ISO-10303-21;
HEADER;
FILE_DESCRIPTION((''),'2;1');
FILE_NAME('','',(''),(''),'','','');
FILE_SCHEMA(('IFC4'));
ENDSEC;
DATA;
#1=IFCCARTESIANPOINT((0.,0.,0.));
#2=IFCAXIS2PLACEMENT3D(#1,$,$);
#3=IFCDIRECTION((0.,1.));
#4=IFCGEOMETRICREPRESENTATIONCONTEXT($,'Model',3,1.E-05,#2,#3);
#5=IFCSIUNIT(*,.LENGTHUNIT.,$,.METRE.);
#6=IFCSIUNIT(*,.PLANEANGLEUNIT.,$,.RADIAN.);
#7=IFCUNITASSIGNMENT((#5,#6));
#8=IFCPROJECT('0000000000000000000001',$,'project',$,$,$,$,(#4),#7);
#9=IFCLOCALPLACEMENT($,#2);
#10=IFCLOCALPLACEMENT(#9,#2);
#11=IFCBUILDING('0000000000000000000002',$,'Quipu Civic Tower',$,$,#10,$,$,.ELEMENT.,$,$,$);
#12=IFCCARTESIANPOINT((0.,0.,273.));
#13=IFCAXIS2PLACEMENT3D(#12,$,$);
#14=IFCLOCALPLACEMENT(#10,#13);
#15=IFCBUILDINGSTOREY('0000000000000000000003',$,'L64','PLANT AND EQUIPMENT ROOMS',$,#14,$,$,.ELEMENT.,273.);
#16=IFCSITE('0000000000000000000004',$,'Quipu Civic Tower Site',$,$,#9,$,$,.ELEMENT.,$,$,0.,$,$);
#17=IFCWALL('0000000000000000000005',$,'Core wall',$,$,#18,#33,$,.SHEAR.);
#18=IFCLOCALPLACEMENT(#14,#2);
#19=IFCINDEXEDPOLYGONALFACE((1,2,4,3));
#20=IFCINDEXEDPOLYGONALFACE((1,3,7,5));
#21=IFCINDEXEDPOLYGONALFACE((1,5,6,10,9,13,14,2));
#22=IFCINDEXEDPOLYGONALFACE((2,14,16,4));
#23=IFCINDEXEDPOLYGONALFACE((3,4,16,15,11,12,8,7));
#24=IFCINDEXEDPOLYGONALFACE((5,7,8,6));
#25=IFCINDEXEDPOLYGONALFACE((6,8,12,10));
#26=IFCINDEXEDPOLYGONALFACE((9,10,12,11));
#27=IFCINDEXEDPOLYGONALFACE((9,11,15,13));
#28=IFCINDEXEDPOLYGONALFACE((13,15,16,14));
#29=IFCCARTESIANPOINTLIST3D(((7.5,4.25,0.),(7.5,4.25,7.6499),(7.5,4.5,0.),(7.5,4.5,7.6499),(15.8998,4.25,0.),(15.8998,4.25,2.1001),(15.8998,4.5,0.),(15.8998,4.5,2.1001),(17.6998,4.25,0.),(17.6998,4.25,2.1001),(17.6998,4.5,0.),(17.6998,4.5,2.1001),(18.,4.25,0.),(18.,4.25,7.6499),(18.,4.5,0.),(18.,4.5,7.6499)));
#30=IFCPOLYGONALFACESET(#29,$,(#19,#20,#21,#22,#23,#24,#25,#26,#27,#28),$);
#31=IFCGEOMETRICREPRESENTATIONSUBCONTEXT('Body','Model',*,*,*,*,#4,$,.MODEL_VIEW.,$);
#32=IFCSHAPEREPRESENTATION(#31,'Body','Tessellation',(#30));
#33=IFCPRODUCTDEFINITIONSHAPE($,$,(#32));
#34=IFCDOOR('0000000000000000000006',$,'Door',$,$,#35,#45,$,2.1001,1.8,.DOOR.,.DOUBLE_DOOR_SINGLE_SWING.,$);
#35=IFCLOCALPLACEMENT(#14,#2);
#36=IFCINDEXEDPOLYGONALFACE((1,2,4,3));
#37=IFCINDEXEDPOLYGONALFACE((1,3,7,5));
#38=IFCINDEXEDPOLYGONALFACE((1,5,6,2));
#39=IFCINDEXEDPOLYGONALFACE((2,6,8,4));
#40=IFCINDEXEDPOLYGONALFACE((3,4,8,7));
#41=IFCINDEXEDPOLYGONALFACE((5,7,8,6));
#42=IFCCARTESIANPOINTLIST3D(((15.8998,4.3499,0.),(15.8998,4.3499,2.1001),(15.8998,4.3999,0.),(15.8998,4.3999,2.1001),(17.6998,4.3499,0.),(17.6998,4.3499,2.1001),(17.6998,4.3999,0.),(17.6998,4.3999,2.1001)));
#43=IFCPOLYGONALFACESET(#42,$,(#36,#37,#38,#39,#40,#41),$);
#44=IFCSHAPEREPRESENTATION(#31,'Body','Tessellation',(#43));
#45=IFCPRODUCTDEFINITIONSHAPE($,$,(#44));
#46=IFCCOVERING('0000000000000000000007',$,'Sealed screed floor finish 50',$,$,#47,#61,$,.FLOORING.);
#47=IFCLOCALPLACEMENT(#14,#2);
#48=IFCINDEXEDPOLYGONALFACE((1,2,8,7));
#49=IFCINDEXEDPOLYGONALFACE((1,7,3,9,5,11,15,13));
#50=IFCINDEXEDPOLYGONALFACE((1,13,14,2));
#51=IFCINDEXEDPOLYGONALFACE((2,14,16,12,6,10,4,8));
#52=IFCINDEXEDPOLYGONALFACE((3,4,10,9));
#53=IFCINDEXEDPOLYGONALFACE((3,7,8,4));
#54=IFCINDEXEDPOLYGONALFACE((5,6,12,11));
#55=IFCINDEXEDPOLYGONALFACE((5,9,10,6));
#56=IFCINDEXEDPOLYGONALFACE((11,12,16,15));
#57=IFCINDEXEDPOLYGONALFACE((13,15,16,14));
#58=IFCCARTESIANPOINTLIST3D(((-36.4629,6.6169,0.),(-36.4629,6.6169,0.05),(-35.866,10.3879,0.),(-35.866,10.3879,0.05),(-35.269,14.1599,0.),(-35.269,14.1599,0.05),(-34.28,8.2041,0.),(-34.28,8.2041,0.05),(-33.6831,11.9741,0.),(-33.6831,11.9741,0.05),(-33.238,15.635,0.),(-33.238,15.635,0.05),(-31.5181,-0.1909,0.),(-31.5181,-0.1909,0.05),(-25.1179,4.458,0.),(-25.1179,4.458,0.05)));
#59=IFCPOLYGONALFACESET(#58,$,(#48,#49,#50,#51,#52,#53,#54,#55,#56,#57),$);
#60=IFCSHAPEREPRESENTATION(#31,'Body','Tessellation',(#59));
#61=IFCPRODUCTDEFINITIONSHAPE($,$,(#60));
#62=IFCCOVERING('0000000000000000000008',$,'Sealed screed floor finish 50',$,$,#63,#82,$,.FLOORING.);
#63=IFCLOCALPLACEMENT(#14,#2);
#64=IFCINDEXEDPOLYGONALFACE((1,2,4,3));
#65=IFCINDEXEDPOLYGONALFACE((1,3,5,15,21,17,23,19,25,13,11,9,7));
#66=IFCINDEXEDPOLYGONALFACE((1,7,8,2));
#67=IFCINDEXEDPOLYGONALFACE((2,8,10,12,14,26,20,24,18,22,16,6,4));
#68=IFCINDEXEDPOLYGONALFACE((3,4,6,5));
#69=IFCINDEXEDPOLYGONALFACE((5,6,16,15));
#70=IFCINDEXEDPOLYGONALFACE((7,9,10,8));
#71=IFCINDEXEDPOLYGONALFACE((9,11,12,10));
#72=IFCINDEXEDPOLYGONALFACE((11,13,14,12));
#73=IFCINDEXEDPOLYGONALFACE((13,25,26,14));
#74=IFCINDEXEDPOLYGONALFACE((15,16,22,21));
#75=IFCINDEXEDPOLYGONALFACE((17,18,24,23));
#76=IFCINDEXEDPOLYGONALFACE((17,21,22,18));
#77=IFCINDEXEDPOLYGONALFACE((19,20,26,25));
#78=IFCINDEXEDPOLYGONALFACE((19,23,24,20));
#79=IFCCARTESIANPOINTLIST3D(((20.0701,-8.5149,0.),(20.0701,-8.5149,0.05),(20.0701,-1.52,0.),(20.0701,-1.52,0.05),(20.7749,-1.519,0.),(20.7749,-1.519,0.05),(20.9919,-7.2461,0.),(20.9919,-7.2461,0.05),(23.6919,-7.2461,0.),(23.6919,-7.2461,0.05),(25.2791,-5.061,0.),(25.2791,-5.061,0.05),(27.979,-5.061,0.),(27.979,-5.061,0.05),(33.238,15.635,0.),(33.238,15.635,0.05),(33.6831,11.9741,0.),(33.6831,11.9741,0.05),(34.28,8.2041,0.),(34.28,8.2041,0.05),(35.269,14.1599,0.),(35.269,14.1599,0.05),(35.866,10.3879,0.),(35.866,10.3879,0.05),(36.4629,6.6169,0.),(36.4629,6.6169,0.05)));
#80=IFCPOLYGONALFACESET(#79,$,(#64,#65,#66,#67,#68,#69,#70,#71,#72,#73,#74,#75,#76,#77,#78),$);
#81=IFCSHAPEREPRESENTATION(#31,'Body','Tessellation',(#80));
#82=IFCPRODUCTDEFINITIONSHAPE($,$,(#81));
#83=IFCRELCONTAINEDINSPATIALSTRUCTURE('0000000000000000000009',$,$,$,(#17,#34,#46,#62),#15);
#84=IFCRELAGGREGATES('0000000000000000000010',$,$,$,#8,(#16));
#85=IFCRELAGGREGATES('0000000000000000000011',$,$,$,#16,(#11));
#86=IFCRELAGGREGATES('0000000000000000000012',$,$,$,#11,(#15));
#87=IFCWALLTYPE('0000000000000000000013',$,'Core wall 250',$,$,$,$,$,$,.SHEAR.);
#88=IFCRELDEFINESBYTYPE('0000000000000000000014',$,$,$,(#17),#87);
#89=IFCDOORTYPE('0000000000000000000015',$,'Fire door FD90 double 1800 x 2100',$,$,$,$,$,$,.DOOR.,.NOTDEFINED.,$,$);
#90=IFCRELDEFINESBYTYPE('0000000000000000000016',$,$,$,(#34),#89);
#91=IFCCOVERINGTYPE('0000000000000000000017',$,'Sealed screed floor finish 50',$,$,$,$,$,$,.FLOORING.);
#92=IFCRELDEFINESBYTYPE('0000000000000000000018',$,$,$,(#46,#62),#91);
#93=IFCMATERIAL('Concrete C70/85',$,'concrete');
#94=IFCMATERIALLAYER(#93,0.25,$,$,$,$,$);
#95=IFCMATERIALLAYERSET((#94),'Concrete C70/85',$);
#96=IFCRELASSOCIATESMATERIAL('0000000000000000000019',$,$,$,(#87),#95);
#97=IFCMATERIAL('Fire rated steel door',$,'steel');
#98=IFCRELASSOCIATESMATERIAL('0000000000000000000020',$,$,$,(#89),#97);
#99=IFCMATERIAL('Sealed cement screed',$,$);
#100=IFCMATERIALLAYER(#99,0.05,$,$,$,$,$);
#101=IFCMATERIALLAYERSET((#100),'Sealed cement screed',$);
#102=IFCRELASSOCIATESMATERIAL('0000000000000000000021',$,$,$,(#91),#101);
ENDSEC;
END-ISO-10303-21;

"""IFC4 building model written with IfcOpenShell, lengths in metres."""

from ifc_helpers import new_model, si_unit, direction, frame, frame_2d, origin, place, context, subcontext, project, spatial, polyline, rectangle, outline, extrude, material, layer, layer_set, type_object, element, fill, save


model = new_model("IFC4")

# Units and contexts
model_context = context("Model", 3, precision=1e-05, world=origin(), true_north=direction((0.0, 1.0)))
body_context = subcontext(model_context, "Body", "Model", "MODEL_VIEW")
ifc_project = project(units=[si_unit("LENGTHUNIT", "METRE"), si_unit("PLANEANGLEUNIT", "RADIAN")], contexts=[model_context])

# Site, building, storey
site_placement = place(None, origin())
site = spatial("IfcSite", under=ifc_project, at=site_placement, Name="Quipu Civic Tower Site", CompositionType="ELEMENT", RefElevation=0.0)
building_placement = place(site_placement, origin())
building = spatial("IfcBuilding", under=site, at=building_placement, Name="Quipu Civic Tower", CompositionType="ELEMENT")
storey_placement = place(building_placement, frame((0.0, 0.0, 273.0)))
storey = spatial("IfcBuildingStorey", under=building, at=storey_placement, Name="L64", Description="PLANT AND EQUIPMENT ROOMS", CompositionType="ELEMENT", Elevation=273.0)

# Wall, opening, door
ifc_material_1 = material(Name="Concrete C70/85", Category="concrete")
ifc_layer_1 = layer(ifc_material_1, 0.25)
ifc_layer_set_1 = layer_set([ifc_layer_1], Name="Concrete C70/85")
wall_type = type_object("IfcWallType", Name="Core wall 250", PredefinedType="SHEAR", material=ifc_layer_set_1)
wall_placement = place(storey_placement, frame((7.5, 4.375, 0.0), z_axis=(0.0, 0.0, 1.0), x_axis=(1.0, 0.0, 0.0)))
wall = element("IfcWall", 1, at=wall_placement, inside=storey, type_object=wall_type, Name="Core wall", PredefinedType="SHEAR", context=body_context, shape_type="SweptSolid", body=[
    extrude(rectangle(XDim=10.5, YDim=0.25, at=frame_2d((5.25, 0.0))), origin(), (0.0, 0.0, 1.0), 7.6499),
])
opening_placement = place(wall_placement, frame((8.3999, 0.0, 0.0)))
opening = element("IfcOpeningElement", 2, at=opening_placement, cuts=wall, PredefinedType="OPENING", context=body_context, shape_type="SweptSolid", body=[
    extrude(rectangle(XDim=1.8, YDim=2.1001, at=frame_2d((0.8999, 1.05))), frame((0.0, 0.135, 0.0), z_axis=(0.0, -1.0, 0.0), x_axis=(1.0, 0.0, 0.0)), (0.0, 0.0, 1.0), 0.27),
])
ifc_material_2 = material(Name="Fire rated steel door", Category="steel")
door_type = type_object("IfcDoorType", Name="Fire door FD90 double 1800 x 2100", OperationType="NOTDEFINED", PredefinedType="DOOR", material=ifc_material_2)
door_placement = place(opening_placement, origin())
door = element("IfcDoor", 3, at=door_placement, inside=storey, type_object=door_type, Name="Door", OperationType="DOUBLE_DOOR_SINGLE_SWING", OverallHeight=2.1001, OverallWidth=1.8, PredefinedType="DOOR", context=body_context, shape_type="SweptSolid", body=[
    extrude(rectangle(XDim=1.8, YDim=2.1001, at=frame_2d((0.8999, 1.05))), frame((0.0, 0.0249, 0.0), z_axis=(0.0, -1.0, 0.0), x_axis=(1.0, 0.0, 0.0)), (0.0, 0.0, 1.0), 0.05),
])
fill(opening, door)

# Coverings
ifc_material_3 = material(Name="Sealed cement screed")
ifc_layer_2 = layer(ifc_material_3, 0.05)
ifc_layer_set_2 = layer_set([ifc_layer_2], Name="Sealed cement screed")
covering_type = type_object("IfcCoveringType", Name="Sealed screed floor finish 50", PredefinedType="FLOORING", material=ifc_layer_set_2)
covering_1_placement = place(storey_placement, origin())
element("IfcCovering", 4, at=covering_1_placement, inside=storey, type_object=covering_type, Name="Sealed screed floor finish 50", PredefinedType="FLOORING", context=body_context, shape_type="SweptSolid", body=[
    extrude(outline(polyline([(-36.4629, 6.6169), (-34.28, 8.2041), (-35.866, 10.3879), (-33.6831, 11.9741), (-35.269, 14.1599), (-33.238, 15.635), (-25.1179, 4.458), (-31.5181, -0.1909), (-36.4629, 6.6169)])), origin(), (0.0, 0.0, 1.0), 0.05),
])
covering_2_placement = place(storey_placement, origin())
element("IfcCovering", 5, at=covering_2_placement, inside=storey, type_object=covering_type, Name="Sealed screed floor finish 50", PredefinedType="FLOORING", context=body_context, shape_type="SweptSolid", body=[
    extrude(outline(polyline([(20.0701, -8.5149), (20.0701, -1.52), (20.7749, -1.519), (33.238, 15.635), (35.269, 14.1599), (33.6831, 11.9741), (35.866, 10.3879), (34.28, 8.2041), (36.4629, 6.6169), (27.979, -5.061), (25.2791, -5.061), (23.6919, -7.2461), (20.9919, -7.2461), (20.0701, -8.5149)])), origin(), (0.0, 0.0, 1.0), 0.05),
])

save(model, "model.ifc")
